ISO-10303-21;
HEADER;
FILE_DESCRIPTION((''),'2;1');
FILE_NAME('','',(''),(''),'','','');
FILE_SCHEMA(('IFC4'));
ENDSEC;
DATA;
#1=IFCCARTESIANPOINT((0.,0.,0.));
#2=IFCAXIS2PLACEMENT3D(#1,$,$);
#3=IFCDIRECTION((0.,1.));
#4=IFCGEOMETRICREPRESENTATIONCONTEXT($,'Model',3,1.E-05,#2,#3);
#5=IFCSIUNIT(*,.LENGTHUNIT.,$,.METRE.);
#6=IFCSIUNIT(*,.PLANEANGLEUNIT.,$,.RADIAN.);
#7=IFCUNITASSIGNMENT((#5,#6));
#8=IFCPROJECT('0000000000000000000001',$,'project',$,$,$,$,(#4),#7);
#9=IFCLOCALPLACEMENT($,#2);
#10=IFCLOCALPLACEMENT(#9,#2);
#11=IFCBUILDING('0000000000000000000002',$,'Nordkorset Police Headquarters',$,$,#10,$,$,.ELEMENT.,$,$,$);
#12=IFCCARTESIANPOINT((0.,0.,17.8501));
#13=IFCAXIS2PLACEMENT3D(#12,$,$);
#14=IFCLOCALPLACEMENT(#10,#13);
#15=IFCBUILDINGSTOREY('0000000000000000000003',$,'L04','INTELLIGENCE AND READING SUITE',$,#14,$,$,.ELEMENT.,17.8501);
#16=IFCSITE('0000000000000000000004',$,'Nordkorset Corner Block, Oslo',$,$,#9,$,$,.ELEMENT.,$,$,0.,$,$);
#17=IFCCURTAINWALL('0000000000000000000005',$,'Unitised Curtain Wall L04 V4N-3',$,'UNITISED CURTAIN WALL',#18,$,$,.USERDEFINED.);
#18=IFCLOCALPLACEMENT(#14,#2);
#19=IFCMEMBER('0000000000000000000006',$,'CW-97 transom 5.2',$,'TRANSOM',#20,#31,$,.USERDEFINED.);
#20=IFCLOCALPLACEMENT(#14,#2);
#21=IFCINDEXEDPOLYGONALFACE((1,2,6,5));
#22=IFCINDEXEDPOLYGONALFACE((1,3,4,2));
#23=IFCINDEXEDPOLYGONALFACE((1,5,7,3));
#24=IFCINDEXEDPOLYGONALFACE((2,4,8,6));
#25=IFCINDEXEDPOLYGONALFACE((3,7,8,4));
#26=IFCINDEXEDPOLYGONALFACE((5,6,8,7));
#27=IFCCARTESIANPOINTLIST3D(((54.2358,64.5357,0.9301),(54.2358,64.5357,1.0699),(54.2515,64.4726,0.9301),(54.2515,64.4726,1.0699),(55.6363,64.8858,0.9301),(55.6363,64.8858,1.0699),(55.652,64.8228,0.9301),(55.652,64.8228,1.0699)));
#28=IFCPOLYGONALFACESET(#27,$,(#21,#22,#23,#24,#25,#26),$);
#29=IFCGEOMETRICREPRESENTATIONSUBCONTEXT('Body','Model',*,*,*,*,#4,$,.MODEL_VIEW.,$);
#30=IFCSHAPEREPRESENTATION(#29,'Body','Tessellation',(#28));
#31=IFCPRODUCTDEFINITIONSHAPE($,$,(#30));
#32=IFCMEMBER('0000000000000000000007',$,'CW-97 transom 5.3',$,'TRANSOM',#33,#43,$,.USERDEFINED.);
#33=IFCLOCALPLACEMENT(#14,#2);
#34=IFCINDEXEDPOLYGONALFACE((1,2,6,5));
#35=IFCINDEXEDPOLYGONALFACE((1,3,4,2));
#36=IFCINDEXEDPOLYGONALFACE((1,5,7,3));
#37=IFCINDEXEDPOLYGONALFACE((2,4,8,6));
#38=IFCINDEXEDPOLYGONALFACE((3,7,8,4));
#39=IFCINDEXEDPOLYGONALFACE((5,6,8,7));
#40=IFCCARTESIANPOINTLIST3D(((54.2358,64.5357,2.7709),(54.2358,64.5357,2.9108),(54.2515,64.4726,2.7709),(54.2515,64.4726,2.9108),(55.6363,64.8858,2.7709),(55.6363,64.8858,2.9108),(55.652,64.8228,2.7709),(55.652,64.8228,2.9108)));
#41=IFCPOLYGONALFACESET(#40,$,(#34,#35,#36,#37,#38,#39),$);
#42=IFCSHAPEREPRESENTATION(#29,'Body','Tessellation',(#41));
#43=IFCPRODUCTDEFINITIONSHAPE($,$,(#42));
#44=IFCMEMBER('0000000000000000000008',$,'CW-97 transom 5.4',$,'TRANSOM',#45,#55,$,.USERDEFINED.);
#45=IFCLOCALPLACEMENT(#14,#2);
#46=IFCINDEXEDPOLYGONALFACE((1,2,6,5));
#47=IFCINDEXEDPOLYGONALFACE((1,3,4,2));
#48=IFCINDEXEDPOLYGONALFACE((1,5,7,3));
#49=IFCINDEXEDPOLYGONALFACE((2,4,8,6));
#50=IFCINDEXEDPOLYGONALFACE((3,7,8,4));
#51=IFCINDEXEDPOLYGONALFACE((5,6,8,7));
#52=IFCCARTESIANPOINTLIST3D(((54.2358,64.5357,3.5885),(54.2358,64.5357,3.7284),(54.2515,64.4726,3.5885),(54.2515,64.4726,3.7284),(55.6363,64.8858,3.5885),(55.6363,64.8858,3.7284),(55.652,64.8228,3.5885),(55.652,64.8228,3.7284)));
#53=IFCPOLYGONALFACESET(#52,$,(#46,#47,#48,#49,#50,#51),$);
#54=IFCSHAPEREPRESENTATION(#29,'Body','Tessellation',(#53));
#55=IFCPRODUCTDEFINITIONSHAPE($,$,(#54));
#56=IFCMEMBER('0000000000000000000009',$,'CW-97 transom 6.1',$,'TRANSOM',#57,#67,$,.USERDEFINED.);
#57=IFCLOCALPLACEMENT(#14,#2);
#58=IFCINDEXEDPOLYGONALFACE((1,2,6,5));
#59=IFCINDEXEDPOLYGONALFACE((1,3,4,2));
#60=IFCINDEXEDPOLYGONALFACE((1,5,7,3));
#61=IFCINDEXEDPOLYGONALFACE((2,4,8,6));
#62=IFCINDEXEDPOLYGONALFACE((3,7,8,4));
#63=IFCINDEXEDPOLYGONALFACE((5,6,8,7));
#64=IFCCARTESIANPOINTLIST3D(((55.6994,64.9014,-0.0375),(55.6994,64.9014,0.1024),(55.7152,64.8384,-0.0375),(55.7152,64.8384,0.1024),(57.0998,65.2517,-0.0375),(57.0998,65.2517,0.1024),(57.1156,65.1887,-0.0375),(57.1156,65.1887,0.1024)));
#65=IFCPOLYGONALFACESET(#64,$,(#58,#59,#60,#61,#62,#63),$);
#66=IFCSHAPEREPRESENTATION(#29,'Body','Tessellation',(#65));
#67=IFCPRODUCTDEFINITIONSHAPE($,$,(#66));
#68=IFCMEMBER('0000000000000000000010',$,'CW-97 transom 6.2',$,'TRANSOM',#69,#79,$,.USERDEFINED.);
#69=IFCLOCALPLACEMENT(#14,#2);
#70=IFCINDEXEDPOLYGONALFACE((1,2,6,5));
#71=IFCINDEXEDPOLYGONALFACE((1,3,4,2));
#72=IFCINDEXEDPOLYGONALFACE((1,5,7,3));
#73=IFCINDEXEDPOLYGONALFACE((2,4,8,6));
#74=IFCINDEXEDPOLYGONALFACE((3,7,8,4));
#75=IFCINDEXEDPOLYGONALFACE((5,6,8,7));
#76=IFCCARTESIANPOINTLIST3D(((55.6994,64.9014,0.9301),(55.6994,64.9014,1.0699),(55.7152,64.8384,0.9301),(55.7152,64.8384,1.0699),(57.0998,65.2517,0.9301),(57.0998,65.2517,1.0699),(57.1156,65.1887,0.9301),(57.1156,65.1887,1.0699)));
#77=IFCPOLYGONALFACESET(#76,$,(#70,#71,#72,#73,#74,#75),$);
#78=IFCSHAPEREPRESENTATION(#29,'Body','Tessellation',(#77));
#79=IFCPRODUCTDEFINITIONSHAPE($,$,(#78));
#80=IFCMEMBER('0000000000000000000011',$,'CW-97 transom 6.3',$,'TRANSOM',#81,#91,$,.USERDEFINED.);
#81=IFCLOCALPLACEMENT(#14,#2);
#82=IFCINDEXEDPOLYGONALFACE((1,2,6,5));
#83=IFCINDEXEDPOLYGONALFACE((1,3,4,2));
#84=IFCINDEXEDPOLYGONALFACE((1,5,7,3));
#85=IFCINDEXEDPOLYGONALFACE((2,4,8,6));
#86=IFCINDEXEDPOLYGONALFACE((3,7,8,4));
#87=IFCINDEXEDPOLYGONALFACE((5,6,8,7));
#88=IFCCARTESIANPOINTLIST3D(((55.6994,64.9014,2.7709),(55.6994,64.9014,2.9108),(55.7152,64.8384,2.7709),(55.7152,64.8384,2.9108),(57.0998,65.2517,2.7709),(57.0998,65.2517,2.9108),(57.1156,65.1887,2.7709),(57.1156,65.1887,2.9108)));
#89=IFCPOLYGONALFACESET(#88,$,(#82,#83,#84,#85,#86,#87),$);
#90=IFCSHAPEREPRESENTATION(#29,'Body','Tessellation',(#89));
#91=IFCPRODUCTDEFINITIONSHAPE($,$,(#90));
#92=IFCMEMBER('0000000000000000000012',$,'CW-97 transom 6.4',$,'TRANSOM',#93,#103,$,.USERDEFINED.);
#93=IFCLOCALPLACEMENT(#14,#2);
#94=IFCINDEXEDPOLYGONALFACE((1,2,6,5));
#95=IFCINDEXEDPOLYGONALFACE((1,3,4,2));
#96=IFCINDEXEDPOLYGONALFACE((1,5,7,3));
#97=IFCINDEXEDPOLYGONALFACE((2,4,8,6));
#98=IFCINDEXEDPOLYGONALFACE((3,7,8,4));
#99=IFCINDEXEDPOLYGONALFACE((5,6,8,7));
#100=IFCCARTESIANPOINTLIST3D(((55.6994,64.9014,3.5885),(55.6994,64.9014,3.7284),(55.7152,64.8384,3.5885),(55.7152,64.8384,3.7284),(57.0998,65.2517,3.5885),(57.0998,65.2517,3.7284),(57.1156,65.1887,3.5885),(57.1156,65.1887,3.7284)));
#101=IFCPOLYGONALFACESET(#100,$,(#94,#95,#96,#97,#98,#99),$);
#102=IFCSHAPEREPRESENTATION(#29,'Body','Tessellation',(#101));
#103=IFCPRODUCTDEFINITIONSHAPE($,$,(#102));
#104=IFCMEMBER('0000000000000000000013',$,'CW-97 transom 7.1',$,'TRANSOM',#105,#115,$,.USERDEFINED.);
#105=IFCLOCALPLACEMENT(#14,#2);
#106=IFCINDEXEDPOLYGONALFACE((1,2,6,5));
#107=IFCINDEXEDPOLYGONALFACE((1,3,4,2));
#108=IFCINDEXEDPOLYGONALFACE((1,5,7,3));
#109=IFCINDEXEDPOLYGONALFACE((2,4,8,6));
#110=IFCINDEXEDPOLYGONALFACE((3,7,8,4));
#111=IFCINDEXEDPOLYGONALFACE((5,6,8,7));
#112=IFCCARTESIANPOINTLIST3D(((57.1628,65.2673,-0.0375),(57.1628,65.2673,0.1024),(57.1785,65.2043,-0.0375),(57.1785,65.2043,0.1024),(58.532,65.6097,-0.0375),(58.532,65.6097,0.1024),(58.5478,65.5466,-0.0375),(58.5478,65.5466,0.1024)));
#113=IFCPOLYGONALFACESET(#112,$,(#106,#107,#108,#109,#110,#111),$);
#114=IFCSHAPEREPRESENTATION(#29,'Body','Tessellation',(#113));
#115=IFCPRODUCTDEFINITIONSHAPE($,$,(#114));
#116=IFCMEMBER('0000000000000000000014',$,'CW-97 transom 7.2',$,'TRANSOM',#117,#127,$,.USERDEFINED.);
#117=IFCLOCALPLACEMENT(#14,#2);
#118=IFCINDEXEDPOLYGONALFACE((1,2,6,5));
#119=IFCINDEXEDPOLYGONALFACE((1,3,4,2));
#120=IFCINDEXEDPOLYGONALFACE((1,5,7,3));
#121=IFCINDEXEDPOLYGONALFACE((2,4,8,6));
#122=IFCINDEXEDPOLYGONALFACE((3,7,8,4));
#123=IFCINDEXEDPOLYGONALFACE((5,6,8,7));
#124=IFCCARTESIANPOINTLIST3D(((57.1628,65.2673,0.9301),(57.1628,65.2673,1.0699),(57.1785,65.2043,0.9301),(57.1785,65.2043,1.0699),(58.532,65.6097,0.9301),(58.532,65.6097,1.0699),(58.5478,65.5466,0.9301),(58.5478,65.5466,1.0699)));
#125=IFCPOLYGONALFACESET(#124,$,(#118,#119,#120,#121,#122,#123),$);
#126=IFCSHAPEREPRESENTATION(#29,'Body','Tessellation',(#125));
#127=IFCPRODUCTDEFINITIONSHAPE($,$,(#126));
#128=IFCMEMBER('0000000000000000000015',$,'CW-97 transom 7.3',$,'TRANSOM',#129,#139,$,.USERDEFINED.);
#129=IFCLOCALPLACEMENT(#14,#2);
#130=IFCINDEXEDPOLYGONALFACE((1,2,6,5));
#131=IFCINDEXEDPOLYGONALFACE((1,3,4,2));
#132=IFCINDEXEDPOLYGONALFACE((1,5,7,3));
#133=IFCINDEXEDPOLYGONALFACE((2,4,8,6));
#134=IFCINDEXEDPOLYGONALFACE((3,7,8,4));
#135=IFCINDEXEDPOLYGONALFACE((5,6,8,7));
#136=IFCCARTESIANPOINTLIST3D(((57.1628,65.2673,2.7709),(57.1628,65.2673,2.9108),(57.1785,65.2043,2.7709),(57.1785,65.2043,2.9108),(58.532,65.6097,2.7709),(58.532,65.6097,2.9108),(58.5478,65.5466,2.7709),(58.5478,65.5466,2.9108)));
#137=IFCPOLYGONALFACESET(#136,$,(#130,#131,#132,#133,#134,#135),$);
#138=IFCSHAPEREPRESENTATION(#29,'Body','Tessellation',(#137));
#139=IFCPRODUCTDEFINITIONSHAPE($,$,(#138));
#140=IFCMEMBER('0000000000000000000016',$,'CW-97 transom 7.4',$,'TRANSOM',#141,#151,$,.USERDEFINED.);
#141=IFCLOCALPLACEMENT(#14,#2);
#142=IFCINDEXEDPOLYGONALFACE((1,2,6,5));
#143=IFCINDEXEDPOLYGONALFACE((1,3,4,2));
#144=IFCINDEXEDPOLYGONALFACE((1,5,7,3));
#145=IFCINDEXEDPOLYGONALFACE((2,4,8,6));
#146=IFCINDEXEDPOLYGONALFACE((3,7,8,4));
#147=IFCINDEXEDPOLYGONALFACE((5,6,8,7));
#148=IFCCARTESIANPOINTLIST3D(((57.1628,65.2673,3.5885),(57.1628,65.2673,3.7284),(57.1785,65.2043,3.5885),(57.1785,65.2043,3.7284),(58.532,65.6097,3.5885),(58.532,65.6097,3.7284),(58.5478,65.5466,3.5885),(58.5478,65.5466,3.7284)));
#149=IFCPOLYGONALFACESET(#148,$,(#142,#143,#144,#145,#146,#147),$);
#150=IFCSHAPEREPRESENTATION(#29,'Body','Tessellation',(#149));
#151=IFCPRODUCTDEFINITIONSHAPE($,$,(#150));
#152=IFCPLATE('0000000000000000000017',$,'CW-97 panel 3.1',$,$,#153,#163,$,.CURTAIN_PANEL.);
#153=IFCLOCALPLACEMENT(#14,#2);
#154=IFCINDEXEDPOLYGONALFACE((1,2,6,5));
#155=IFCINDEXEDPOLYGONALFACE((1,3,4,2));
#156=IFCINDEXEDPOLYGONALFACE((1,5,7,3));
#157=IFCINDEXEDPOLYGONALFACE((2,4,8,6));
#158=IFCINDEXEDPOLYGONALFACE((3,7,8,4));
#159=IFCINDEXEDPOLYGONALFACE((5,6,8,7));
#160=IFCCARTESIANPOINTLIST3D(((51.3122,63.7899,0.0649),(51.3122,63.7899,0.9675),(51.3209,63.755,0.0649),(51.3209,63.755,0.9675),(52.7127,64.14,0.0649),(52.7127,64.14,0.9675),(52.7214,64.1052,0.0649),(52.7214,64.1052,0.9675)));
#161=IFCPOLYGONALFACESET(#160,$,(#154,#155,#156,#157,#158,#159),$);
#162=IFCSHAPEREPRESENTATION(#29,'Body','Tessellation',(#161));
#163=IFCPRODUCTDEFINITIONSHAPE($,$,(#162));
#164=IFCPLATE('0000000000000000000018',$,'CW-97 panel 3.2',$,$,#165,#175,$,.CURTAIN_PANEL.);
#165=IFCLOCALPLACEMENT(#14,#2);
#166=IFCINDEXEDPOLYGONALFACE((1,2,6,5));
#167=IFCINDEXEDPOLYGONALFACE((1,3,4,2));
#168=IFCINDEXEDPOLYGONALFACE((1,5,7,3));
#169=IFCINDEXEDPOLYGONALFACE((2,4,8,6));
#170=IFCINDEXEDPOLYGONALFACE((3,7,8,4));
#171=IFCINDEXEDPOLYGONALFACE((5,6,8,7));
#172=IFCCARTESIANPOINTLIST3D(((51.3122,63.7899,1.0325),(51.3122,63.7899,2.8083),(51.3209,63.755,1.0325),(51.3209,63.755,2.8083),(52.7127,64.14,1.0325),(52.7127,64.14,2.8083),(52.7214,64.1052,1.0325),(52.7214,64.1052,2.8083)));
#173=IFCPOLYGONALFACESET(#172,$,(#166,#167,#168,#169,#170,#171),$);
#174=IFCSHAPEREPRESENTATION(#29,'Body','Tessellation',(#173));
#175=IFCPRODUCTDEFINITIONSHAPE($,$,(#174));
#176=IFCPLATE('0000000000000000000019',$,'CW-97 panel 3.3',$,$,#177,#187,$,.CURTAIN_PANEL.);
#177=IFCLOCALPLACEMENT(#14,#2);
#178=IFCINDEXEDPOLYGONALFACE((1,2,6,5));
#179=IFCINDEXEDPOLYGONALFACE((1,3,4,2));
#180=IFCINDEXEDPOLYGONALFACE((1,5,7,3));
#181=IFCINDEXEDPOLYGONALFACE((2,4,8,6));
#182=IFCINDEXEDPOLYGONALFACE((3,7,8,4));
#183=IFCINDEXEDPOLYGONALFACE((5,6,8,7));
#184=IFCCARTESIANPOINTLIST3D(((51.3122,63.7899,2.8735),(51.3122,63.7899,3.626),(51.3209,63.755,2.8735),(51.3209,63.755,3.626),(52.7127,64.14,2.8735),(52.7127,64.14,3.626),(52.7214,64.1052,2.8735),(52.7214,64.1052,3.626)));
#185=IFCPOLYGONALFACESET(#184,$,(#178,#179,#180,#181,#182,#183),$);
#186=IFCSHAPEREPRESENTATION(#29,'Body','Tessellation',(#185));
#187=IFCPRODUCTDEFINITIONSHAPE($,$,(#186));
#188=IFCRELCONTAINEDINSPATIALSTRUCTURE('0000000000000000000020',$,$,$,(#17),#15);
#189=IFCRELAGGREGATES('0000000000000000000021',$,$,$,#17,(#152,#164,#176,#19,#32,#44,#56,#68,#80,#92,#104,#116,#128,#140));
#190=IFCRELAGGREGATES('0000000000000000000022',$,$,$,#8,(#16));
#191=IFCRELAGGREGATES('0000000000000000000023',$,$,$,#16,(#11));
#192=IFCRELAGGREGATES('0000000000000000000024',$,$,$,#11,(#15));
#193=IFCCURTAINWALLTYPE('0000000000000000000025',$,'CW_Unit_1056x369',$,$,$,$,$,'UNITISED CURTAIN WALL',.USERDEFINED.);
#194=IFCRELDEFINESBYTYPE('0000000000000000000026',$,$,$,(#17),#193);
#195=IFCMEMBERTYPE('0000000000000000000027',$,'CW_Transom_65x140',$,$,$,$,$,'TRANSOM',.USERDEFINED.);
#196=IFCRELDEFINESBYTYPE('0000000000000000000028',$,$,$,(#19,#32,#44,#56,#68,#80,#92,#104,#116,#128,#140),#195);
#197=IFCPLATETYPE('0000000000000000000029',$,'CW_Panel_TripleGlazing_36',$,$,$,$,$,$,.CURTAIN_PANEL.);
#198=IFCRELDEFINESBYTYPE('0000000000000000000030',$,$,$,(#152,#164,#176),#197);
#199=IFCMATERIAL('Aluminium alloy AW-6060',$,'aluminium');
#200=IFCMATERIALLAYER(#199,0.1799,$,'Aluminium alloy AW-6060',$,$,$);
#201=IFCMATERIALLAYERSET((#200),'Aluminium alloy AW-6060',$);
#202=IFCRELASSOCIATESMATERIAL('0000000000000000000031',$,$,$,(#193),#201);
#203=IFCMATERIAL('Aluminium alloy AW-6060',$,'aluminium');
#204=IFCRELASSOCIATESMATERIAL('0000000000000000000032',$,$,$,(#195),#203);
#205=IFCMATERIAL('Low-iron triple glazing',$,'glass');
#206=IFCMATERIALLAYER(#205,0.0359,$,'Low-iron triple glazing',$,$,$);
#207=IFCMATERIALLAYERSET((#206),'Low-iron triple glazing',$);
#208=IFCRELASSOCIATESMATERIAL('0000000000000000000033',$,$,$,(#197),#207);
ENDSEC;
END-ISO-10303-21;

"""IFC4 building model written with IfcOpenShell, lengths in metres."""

from ifc_helpers import new_model, si_unit, direction, frame, origin, origin_2d, place, context, subcontext, project, spatial, rectangle, extrude, material, layer, layer_set, material_profile, profile_set, type_object, element, aggregate, save


model = new_model("IFC4")

# Units and contexts
model_context = context("Model", 3, precision=1e-05, world=origin(), true_north=direction((0.0, 1.0)))
body_context = subcontext(model_context, "Body", "Model", "MODEL_VIEW")
ifc_project = project(units=[si_unit("LENGTHUNIT", "METRE"), si_unit("PLANEANGLEUNIT", "RADIAN")], contexts=[model_context])

# Site, building, storey
site_placement = place(None, origin())
site = spatial("IfcSite", under=ifc_project, at=site_placement, Name="Nordkorset Corner Block, Oslo", CompositionType="ELEMENT", RefElevation=0.0)
building_placement = place(site_placement, origin())
building = spatial("IfcBuilding", under=site, at=building_placement, Name="Nordkorset Police Headquarters", CompositionType="ELEMENT")
storey_placement = place(building_placement, frame((0.0, 0.0, 17.8501)))
storey = spatial("IfcBuildingStorey", under=building, at=storey_placement, Name="L04", Description="INTELLIGENCE AND READING SUITE", CompositionType="ELEMENT", Elevation=17.8501)

# Curtain wall, members, plates
ifc_material_1 = material(Name="Aluminium alloy AW-6060", Category="aluminium")
ifc_layer_1 = layer(ifc_material_1, 0.1799, Name="Aluminium alloy AW-6060")
ifc_layer_set_1 = layer_set([ifc_layer_1], Name="Aluminium alloy AW-6060")
curtain_wall_type = type_object("IfcCurtainWallType", Name="CW_Unit_1056x369", ElementType="UNITISED CURTAIN WALL", PredefinedType="USERDEFINED", material=ifc_layer_set_1)
curtain_wall_placement = place(storey_placement, origin())
curtain_wall = element("IfcCurtainWall", 1, at=curtain_wall_placement, inside=storey, type_object=curtain_wall_type, Name="Unitised Curtain Wall L04 V4N-3", ObjectType="UNITISED CURTAIN WALL", PredefinedType="USERDEFINED")
ifc_material_2 = material(Name="Aluminium alloy AW-6060", Category="aluminium")
ifc_material_profile_1 = material_profile(ifc_material_2, rectangle(XDim=0.0649, YDim=0.1399, at=origin_2d()), Name="ALU TRAN 65x140")
ifc_profile_set_1 = profile_set([ifc_material_profile_1], Name="Aluminium alloy AW-6060")
member_type_1 = type_object("IfcMemberType", Name="CW_Transom_65x140", ElementType="TRANSOM", PredefinedType="USERDEFINED", material=ifc_profile_set_1)
member_1_placement = place(storey_placement, frame((54.2437, 64.5042, 1.0), z_axis=(0.970143, 0.242536, 0.0), x_axis=(-0.242536, 0.970143, 0.0)))
member_1 = element("IfcMember", 2, at=member_1_placement, type_object=member_type_1, Name="CW-97 transom 5.2", ObjectType="TRANSOM", PredefinedType="USERDEFINED", context=body_context, shape_type="SweptSolid", body=[
    extrude(rectangle(XDim=0.0649, YDim=0.1399, at=origin_2d()), origin(), (0.0, 0.0, 1.0), 1.4436),
])
member_2_placement = place(storey_placement, frame((54.2437, 64.5042, 2.8408), z_axis=(0.970143, 0.242536, 0.0), x_axis=(-0.242536, 0.970143, 0.0)))
member_2 = element("IfcMember", 3, at=member_2_placement, type_object=member_type_1, Name="CW-97 transom 5.3", ObjectType="TRANSOM", PredefinedType="USERDEFINED", context=body_context, shape_type="SweptSolid", body=[
    extrude(rectangle(XDim=0.0649, YDim=0.1399, at=origin_2d()), origin(), (0.0, 0.0, 1.0), 1.4436),
])
member_3_placement = place(storey_placement, frame((54.2437, 64.5042, 3.6584), z_axis=(0.970143, 0.242536, 0.0), x_axis=(-0.242536, 0.970143, 0.0)))
member_3 = element("IfcMember", 4, at=member_3_placement, type_object=member_type_1, Name="CW-97 transom 5.4", ObjectType="TRANSOM", PredefinedType="USERDEFINED", context=body_context, shape_type="SweptSolid", body=[
    extrude(rectangle(XDim=0.0649, YDim=0.1399, at=origin_2d()), origin(), (0.0, 0.0, 1.0), 1.4436),
])
member_4_placement = place(storey_placement, frame((55.7073, 64.8699, 0.0325), z_axis=(0.970103, 0.242695, 0.0), x_axis=(-0.242695, 0.970103, 0.0)))
member_4 = element("IfcMember", 5, at=member_4_placement, type_object=member_type_1, Name="CW-97 transom 6.1", ObjectType="TRANSOM", PredefinedType="USERDEFINED", context=body_context, shape_type="SweptSolid", body=[
    extrude(rectangle(XDim=0.0649, YDim=0.1399, at=origin_2d()), origin(), (0.0, 0.0, 1.0), 1.4436),
])
member_5_placement = place(storey_placement, frame((55.7073, 64.8699, 1.0), z_axis=(0.970103, 0.242695, 0.0), x_axis=(-0.242695, 0.970103, 0.0)))
member_5 = element("IfcMember", 6, at=member_5_placement, type_object=member_type_1, Name="CW-97 transom 6.2", ObjectType="TRANSOM", PredefinedType="USERDEFINED", context=body_context, shape_type="SweptSolid", body=[
    extrude(rectangle(XDim=0.0649, YDim=0.1399, at=origin_2d()), origin(), (0.0, 0.0, 1.0), 1.4436),
])
member_6_placement = place(storey_placement, frame((55.7073, 64.8699, 2.8408), z_axis=(0.970103, 0.242695, 0.0), x_axis=(-0.242695, 0.970103, 0.0)))
member_6 = element("IfcMember", 7, at=member_6_placement, type_object=member_type_1, Name="CW-97 transom 6.3", ObjectType="TRANSOM", PredefinedType="USERDEFINED", context=body_context, shape_type="SweptSolid", body=[
    extrude(rectangle(XDim=0.0649, YDim=0.1399, at=origin_2d()), origin(), (0.0, 0.0, 1.0), 1.4436),
])
member_7_placement = place(storey_placement, frame((55.7073, 64.8699, 3.6584), z_axis=(0.970103, 0.242695, 0.0), x_axis=(-0.242695, 0.970103, 0.0)))
member_7 = element("IfcMember", 8, at=member_7_placement, type_object=member_type_1, Name="CW-97 transom 6.4", ObjectType="TRANSOM", PredefinedType="USERDEFINED", context=body_context, shape_type="SweptSolid", body=[
    extrude(rectangle(XDim=0.0649, YDim=0.1399, at=origin_2d()), origin(), (0.0, 0.0, 1.0), 1.4436),
])
member_8_placement = place(storey_placement, frame((57.1707, 65.2358, 0.0325), z_axis=(0.970143, 0.242536, 0.0), x_axis=(-0.242536, 0.970143, 0.0)))
member_8 = element("IfcMember", 9, at=member_8_placement, type_object=member_type_1, Name="CW-97 transom 7.1", ObjectType="TRANSOM", PredefinedType="USERDEFINED", context=body_context, shape_type="SweptSolid", body=[
    extrude(rectangle(XDim=0.0649, YDim=0.1399, at=origin_2d()), origin(), (0.0, 0.0, 1.0), 1.4114),
])
member_9_placement = place(storey_placement, frame((57.1707, 65.2358, 1.0), z_axis=(0.970143, 0.242536, 0.0), x_axis=(-0.242536, 0.970143, 0.0)))
member_9 = element("IfcMember", 10, at=member_9_placement, type_object=member_type_1, Name="CW-97 transom 7.2", ObjectType="TRANSOM", PredefinedType="USERDEFINED", context=body_context, shape_type="SweptSolid", body=[
    extrude(rectangle(XDim=0.0649, YDim=0.1399, at=origin_2d()), origin(), (0.0, 0.0, 1.0), 1.4114),
])
member_10_placement = place(storey_placement, frame((57.1707, 65.2358, 2.8408), z_axis=(0.970143, 0.242536, 0.0), x_axis=(-0.242536, 0.970143, 0.0)))
member_10 = element("IfcMember", 11, at=member_10_placement, type_object=member_type_1, Name="CW-97 transom 7.3", ObjectType="TRANSOM", PredefinedType="USERDEFINED", context=body_context, shape_type="SweptSolid", body=[
    extrude(rectangle(XDim=0.0649, YDim=0.1399, at=origin_2d()), origin(), (0.0, 0.0, 1.0), 1.4114),
])
member_11_placement = place(storey_placement, frame((57.1707, 65.2358, 3.6584), z_axis=(0.970143, 0.242536, 0.0), x_axis=(-0.242536, 0.970143, 0.0)))
member_11 = element("IfcMember", 12, at=member_11_placement, type_object=member_type_1, Name="CW-97 transom 7.4", ObjectType="TRANSOM", PredefinedType="USERDEFINED", context=body_context, shape_type="SweptSolid", body=[
    extrude(rectangle(XDim=0.0649, YDim=0.1399, at=origin_2d()), origin(), (0.0, 0.0, 1.0), 1.4114),
])
ifc_material_3 = material(Name="Low-iron triple glazing", Category="glass")
ifc_layer_2 = layer(ifc_material_3, 0.0359, Name="Low-iron triple glazing")
ifc_layer_set_2 = layer_set([ifc_layer_2], Name="Low-iron triple glazing")
plate_type = type_object("IfcPlateType", Name="CW_Panel_TripleGlazing_36", PredefinedType="CURTAIN_PANEL", material=ifc_layer_set_2)
plate_1_placement = place(storey_placement, frame((52.0168, 63.9475, 0.0649), z_axis=(0.0, 0.0, 1.0), x_axis=(0.970142, 0.242536, 0.0)))
plate_1 = element("IfcPlate", 13, at=plate_1_placement, type_object=plate_type, Name="CW-97 panel 3.1", PredefinedType="CURTAIN_PANEL", context=body_context, shape_type="SweptSolid", body=[
    extrude(rectangle(XDim=1.4436, YDim=0.0359, at=origin_2d()), origin(), (0.0, 0.0, 1.0), 0.9026),
])
plate_2_placement = place(storey_placement, frame((52.0168, 63.9475, 1.0325), z_axis=(0.0, 0.0, 1.0), x_axis=(0.970142, 0.242536, 0.0)))
plate_2 = element("IfcPlate", 14, at=plate_2_placement, type_object=plate_type, Name="CW-97 panel 3.2", PredefinedType="CURTAIN_PANEL", context=body_context, shape_type="SweptSolid", body=[
    extrude(rectangle(XDim=1.4436, YDim=0.0359, at=origin_2d()), origin(), (0.0, 0.0, 1.0), 1.7759),
])
plate_3_placement = place(storey_placement, frame((52.0168, 63.9475, 2.8735), z_axis=(0.0, 0.0, 1.0), x_axis=(0.970142, 0.242536, 0.0)))
plate_3 = element("IfcPlate", 15, at=plate_3_placement, type_object=plate_type, Name="CW-97 panel 3.3", PredefinedType="CURTAIN_PANEL", context=body_context, shape_type="SweptSolid", body=[
    extrude(rectangle(XDim=1.4436, YDim=0.0359, at=origin_2d()), origin(), (0.0, 0.0, 1.0), 0.7524),
])
aggregate(curtain_wall, [plate_1, plate_2, plate_3, member_1, member_2, member_3, member_4, member_5, member_6, member_7, member_8, member_9, member_10, member_11])

save(model, "model.ifc")
